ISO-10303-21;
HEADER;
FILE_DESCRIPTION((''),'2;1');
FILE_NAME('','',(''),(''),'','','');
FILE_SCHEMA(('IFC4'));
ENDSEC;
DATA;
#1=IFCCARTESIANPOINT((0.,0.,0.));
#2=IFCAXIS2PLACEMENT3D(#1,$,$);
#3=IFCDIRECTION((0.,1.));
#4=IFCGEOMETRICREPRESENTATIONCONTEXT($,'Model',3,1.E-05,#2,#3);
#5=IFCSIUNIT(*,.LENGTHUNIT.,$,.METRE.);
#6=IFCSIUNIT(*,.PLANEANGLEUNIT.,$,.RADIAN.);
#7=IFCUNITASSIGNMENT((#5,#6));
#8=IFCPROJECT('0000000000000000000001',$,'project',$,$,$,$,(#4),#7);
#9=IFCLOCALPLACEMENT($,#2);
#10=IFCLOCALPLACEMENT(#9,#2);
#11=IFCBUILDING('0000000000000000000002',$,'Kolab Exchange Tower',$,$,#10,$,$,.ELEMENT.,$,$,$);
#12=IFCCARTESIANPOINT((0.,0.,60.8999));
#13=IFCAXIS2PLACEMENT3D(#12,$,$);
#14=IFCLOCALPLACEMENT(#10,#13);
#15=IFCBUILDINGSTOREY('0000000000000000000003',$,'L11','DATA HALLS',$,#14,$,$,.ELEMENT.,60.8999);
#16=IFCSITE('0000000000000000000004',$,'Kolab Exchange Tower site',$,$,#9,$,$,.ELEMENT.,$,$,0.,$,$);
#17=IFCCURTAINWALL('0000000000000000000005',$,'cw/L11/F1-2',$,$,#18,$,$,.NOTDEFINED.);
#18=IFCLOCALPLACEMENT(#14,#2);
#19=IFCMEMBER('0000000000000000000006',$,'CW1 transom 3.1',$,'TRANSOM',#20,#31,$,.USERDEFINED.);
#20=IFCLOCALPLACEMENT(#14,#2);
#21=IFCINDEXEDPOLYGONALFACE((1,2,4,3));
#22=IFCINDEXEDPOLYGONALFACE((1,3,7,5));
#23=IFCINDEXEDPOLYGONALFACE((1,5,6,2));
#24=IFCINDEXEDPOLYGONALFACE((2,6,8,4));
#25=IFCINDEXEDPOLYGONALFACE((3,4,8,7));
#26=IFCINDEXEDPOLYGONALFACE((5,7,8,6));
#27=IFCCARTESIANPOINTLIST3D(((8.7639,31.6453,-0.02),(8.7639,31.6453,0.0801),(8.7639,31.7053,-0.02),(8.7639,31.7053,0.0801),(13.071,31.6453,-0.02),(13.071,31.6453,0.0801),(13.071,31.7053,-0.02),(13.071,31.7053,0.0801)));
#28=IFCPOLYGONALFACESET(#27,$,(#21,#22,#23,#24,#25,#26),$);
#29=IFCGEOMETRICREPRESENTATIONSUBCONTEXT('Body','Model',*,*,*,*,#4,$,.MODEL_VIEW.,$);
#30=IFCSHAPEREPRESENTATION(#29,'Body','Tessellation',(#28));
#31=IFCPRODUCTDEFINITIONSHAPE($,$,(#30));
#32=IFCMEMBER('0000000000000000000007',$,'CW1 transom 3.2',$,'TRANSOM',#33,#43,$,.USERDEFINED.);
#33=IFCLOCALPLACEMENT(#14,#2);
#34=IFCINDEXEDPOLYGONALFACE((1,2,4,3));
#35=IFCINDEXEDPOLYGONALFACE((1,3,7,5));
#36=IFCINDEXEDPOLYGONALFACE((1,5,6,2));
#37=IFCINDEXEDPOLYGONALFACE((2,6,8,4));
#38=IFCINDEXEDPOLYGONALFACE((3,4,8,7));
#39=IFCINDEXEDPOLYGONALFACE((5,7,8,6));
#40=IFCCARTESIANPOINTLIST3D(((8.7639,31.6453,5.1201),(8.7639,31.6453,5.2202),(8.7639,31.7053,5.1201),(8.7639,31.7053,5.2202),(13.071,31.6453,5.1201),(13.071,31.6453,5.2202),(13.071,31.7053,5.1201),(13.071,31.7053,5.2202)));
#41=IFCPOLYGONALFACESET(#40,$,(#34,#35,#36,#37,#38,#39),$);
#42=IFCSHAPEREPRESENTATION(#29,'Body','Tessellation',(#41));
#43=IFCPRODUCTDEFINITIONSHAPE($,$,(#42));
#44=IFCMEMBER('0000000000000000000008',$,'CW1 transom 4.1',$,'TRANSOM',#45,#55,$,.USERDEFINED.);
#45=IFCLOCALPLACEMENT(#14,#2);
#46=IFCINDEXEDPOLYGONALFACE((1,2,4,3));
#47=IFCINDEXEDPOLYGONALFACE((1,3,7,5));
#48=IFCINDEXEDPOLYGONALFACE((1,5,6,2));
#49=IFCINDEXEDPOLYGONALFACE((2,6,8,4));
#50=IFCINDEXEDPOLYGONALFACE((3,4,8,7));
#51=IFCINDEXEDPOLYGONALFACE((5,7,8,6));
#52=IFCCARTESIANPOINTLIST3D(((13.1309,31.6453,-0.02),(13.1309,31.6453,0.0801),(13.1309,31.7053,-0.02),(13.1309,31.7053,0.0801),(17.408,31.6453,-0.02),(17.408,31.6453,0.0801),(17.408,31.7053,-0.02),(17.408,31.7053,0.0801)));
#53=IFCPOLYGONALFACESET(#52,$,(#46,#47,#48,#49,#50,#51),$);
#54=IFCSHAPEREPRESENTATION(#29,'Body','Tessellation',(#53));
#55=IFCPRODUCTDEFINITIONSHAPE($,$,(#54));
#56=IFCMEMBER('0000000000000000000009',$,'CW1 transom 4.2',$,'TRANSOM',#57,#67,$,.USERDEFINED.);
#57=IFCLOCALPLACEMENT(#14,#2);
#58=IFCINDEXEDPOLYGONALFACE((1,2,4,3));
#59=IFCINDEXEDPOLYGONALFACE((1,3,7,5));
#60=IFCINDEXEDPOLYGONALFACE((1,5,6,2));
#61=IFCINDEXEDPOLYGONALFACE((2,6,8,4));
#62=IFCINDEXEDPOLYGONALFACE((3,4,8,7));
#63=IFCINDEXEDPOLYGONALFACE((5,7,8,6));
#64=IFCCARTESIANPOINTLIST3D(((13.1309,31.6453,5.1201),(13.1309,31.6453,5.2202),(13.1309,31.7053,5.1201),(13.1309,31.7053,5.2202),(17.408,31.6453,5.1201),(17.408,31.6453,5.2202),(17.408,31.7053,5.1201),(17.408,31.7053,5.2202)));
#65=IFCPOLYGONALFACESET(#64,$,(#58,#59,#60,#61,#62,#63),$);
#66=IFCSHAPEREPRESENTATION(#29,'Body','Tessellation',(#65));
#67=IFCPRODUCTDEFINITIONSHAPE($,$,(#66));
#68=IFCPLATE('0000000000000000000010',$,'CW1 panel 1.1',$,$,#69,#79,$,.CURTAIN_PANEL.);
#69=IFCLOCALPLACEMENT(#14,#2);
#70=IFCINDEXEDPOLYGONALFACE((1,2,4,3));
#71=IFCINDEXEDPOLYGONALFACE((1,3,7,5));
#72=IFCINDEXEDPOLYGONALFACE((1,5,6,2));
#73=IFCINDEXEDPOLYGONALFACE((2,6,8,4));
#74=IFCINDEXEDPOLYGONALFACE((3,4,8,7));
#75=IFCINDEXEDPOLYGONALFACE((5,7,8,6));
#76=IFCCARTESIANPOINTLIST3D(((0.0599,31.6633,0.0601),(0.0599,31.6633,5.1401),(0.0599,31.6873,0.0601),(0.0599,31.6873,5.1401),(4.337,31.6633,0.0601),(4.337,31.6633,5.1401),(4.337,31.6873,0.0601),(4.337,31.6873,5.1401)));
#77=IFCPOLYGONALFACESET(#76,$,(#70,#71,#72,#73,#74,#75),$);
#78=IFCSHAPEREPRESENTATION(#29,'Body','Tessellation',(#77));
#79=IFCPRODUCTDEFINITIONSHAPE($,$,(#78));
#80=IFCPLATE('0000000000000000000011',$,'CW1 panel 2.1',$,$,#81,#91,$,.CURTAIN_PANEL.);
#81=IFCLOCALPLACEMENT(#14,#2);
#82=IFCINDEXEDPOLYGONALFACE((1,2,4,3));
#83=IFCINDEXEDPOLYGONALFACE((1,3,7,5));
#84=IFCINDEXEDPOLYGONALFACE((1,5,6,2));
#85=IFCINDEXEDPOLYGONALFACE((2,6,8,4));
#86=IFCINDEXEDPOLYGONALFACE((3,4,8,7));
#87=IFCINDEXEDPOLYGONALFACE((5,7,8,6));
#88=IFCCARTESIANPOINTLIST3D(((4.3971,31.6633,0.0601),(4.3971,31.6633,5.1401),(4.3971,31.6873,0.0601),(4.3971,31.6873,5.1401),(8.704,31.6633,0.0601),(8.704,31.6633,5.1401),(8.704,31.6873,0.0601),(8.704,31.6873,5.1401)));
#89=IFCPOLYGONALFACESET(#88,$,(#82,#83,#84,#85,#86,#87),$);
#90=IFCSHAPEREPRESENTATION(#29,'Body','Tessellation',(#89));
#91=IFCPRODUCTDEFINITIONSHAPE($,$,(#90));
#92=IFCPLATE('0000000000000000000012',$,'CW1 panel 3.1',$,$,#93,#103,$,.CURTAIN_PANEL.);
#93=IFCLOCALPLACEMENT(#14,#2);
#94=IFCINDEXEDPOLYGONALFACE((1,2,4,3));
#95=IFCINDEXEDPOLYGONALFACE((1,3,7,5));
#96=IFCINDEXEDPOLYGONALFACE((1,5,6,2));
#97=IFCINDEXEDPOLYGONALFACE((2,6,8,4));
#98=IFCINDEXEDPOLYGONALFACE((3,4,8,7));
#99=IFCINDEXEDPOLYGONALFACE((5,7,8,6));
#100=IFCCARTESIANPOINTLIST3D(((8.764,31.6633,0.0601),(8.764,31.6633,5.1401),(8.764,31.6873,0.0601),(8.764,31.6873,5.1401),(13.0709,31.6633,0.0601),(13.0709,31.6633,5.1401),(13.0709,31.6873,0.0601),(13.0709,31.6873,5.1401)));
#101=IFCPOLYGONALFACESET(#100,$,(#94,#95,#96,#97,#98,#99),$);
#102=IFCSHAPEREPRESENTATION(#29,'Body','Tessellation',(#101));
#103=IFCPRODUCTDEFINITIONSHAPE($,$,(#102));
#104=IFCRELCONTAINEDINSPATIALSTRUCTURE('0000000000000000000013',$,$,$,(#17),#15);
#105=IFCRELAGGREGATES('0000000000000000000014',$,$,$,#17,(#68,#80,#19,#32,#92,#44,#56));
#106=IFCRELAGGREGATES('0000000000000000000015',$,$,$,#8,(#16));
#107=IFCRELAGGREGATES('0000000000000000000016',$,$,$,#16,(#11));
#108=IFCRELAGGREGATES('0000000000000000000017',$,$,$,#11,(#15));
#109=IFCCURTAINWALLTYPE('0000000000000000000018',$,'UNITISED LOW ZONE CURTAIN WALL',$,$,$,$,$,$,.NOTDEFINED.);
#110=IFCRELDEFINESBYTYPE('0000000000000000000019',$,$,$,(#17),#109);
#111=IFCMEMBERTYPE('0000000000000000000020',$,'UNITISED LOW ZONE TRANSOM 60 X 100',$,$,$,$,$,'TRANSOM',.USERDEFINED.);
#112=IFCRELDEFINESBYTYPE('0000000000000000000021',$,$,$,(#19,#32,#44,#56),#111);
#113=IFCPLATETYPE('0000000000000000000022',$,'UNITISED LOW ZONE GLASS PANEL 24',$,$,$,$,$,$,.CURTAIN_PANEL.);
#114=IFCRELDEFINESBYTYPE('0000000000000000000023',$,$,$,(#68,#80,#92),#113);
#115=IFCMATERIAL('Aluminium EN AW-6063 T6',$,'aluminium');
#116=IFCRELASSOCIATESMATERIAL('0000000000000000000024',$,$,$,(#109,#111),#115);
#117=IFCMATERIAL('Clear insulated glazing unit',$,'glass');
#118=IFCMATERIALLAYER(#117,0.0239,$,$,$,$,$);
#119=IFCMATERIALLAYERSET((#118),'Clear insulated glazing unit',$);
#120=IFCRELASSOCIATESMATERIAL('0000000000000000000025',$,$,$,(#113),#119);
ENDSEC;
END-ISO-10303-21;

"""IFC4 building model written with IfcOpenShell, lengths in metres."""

from ifc_helpers import new_model, si_unit, direction, frame, origin, origin_2d, place, context, subcontext, project, spatial, rectangle, extrude, material, layer, layer_set, material_profile, profile_set, type_object, element, aggregate, save


model = new_model("IFC4")

# Units and contexts
model_context = context("Model", 3, precision=1e-05, world=origin(), true_north=direction((0.0, 1.0)))
body_context = subcontext(model_context, "Body", "Model", "MODEL_VIEW")
ifc_project = project(units=[si_unit("LENGTHUNIT", "METRE"), si_unit("PLANEANGLEUNIT", "RADIAN")], contexts=[model_context])

# Site, building, storey
site_placement = place(None, origin())
site = spatial("IfcSite", under=ifc_project, at=site_placement, Name="Kolab Exchange Tower site", CompositionType="ELEMENT", RefElevation=0.0)
building_placement = place(site_placement, origin())
building = spatial("IfcBuilding", under=site, at=building_placement, Name="Kolab Exchange Tower", CompositionType="ELEMENT")
storey_placement = place(building_placement, frame((0.0, 0.0, 60.8999)))
storey = spatial("IfcBuildingStorey", under=building, at=storey_placement, Name="L11", Description="DATA HALLS", CompositionType="ELEMENT", Elevation=60.8999)

# Curtain wall, members, plates
ifc_material_1 = material(Name="Aluminium EN AW-6063 T6", Category="aluminium")
curtain_wall_type = type_object("IfcCurtainWallType", Name="UNITISED LOW ZONE CURTAIN WALL", PredefinedType="NOTDEFINED", material=ifc_material_1)
curtain_wall_placement = place(storey_placement, origin())
curtain_wall = element("IfcCurtainWall", 1, at=curtain_wall_placement, inside=storey, type_object=curtain_wall_type, Name="cw/L11/F1-2", PredefinedType="NOTDEFINED")
ifc_material_profile_1 = material_profile(ifc_material_1, rectangle(XDim=0.0601, YDim=0.1001, at=origin_2d()), Name="RECT 60X100")
ifc_profile_set_1 = profile_set([ifc_material_profile_1], Name="Aluminium EN AW-6063 T6")
member_type_1 = type_object("IfcMemberType", Name="UNITISED LOW ZONE TRANSOM 60 X 100", ElementType="TRANSOM", PredefinedType="USERDEFINED", material=ifc_profile_set_1)
member_1_placement = place(storey_placement, frame((8.7639, 31.6753, 0.03), z_axis=(1.0, 0.0, 0.0), x_axis=(0.0, 1.0, 0.0)))
member_1 = element("IfcMember", 2, at=member_1_placement, type_object=member_type_1, Name="CW1 transom 3.1", ObjectType="TRANSOM", PredefinedType="USERDEFINED", context=body_context, shape_type="SweptSolid", body=[
    extrude(rectangle(XDim=0.0601, YDim=0.1001, at=origin_2d()), origin(), (0.0, 0.0, 1.0), 4.3071),
])
member_2_placement = place(storey_placement, frame((8.7639, 31.6753, 5.1702), z_axis=(1.0, 0.0, 0.0), x_axis=(0.0, 1.0, 0.0)))
member_2 = element("IfcMember", 3, at=member_2_placement, type_object=member_type_1, Name="CW1 transom 3.2", ObjectType="TRANSOM", PredefinedType="USERDEFINED", context=body_context, shape_type="SweptSolid", body=[
    extrude(rectangle(XDim=0.0601, YDim=0.1001, at=origin_2d()), origin(), (0.0, 0.0, 1.0), 4.3071),
])
member_3_placement = place(storey_placement, frame((13.1309, 31.6753, 0.03), z_axis=(1.0, 0.0, 0.0), x_axis=(0.0, 1.0, 0.0)))
member_3 = element("IfcMember", 4, at=member_3_placement, type_object=member_type_1, Name="CW1 transom 4.1", ObjectType="TRANSOM", PredefinedType="USERDEFINED", context=body_context, shape_type="SweptSolid", body=[
    extrude(rectangle(XDim=0.0601, YDim=0.1001, at=origin_2d()), origin(), (0.0, 0.0, 1.0), 4.2771),
])
member_4_placement = place(storey_placement, frame((13.1309, 31.6753, 5.1702), z_axis=(1.0, 0.0, 0.0), x_axis=(0.0, 1.0, 0.0)))
member_4 = element("IfcMember", 5, at=member_4_placement, type_object=member_type_1, Name="CW1 transom 4.2", ObjectType="TRANSOM", PredefinedType="USERDEFINED", context=body_context, shape_type="SweptSolid", body=[
    extrude(rectangle(XDim=0.0601, YDim=0.1001, at=origin_2d()), origin(), (0.0, 0.0, 1.0), 4.2771),
])
ifc_material_2 = material(Name="Clear insulated glazing unit", Category="glass")
ifc_layer = layer(ifc_material_2, 0.0239)
ifc_layer_set = layer_set([ifc_layer], Name="Clear insulated glazing unit")
plate_type = type_object("IfcPlateType", Name="UNITISED LOW ZONE GLASS PANEL 24", PredefinedType="CURTAIN_PANEL", material=ifc_layer_set)
plate_1_placement = place(storey_placement, frame((2.1985, 31.6753, 0.0601), z_axis=(0.0, 0.0, 1.0), x_axis=(1.0, 0.0, 0.0)))
plate_1 = element("IfcPlate", 6, at=plate_1_placement, type_object=plate_type, Name="CW1 panel 1.1", PredefinedType="CURTAIN_PANEL", context=body_context, shape_type="SweptSolid", body=[
    extrude(rectangle(XDim=4.2771, YDim=0.0239, at=origin_2d()), origin(), (0.0, 0.0, 1.0), 5.0801),
])
plate_2_placement = place(storey_placement, frame((6.5505, 31.6753, 0.0601), z_axis=(0.0, 0.0, 1.0), x_axis=(1.0, 0.0, 0.0)))
plate_2 = element("IfcPlate", 7, at=plate_2_placement, type_object=plate_type, Name="CW1 panel 2.1", PredefinedType="CURTAIN_PANEL", context=body_context, shape_type="SweptSolid", body=[
    extrude(rectangle(XDim=4.3069, YDim=0.0239, at=origin_2d()), origin(), (0.0, 0.0, 1.0), 5.0801),
])
plate_3_placement = place(storey_placement, frame((10.9175, 31.6753, 0.0601), z_axis=(0.0, 0.0, 1.0), x_axis=(1.0, 0.0, 0.0)))
plate_3 = element("IfcPlate", 8, at=plate_3_placement, type_object=plate_type, Name="CW1 panel 3.1", PredefinedType="CURTAIN_PANEL", context=body_context, shape_type="SweptSolid", body=[
    extrude(rectangle(XDim=4.3069, YDim=0.0239, at=origin_2d()), origin(), (0.0, 0.0, 1.0), 5.0801),
])
aggregate(curtain_wall, [plate_1, plate_2, member_1, member_2, plate_3, member_3, member_4])

save(model, "model.ifc")
